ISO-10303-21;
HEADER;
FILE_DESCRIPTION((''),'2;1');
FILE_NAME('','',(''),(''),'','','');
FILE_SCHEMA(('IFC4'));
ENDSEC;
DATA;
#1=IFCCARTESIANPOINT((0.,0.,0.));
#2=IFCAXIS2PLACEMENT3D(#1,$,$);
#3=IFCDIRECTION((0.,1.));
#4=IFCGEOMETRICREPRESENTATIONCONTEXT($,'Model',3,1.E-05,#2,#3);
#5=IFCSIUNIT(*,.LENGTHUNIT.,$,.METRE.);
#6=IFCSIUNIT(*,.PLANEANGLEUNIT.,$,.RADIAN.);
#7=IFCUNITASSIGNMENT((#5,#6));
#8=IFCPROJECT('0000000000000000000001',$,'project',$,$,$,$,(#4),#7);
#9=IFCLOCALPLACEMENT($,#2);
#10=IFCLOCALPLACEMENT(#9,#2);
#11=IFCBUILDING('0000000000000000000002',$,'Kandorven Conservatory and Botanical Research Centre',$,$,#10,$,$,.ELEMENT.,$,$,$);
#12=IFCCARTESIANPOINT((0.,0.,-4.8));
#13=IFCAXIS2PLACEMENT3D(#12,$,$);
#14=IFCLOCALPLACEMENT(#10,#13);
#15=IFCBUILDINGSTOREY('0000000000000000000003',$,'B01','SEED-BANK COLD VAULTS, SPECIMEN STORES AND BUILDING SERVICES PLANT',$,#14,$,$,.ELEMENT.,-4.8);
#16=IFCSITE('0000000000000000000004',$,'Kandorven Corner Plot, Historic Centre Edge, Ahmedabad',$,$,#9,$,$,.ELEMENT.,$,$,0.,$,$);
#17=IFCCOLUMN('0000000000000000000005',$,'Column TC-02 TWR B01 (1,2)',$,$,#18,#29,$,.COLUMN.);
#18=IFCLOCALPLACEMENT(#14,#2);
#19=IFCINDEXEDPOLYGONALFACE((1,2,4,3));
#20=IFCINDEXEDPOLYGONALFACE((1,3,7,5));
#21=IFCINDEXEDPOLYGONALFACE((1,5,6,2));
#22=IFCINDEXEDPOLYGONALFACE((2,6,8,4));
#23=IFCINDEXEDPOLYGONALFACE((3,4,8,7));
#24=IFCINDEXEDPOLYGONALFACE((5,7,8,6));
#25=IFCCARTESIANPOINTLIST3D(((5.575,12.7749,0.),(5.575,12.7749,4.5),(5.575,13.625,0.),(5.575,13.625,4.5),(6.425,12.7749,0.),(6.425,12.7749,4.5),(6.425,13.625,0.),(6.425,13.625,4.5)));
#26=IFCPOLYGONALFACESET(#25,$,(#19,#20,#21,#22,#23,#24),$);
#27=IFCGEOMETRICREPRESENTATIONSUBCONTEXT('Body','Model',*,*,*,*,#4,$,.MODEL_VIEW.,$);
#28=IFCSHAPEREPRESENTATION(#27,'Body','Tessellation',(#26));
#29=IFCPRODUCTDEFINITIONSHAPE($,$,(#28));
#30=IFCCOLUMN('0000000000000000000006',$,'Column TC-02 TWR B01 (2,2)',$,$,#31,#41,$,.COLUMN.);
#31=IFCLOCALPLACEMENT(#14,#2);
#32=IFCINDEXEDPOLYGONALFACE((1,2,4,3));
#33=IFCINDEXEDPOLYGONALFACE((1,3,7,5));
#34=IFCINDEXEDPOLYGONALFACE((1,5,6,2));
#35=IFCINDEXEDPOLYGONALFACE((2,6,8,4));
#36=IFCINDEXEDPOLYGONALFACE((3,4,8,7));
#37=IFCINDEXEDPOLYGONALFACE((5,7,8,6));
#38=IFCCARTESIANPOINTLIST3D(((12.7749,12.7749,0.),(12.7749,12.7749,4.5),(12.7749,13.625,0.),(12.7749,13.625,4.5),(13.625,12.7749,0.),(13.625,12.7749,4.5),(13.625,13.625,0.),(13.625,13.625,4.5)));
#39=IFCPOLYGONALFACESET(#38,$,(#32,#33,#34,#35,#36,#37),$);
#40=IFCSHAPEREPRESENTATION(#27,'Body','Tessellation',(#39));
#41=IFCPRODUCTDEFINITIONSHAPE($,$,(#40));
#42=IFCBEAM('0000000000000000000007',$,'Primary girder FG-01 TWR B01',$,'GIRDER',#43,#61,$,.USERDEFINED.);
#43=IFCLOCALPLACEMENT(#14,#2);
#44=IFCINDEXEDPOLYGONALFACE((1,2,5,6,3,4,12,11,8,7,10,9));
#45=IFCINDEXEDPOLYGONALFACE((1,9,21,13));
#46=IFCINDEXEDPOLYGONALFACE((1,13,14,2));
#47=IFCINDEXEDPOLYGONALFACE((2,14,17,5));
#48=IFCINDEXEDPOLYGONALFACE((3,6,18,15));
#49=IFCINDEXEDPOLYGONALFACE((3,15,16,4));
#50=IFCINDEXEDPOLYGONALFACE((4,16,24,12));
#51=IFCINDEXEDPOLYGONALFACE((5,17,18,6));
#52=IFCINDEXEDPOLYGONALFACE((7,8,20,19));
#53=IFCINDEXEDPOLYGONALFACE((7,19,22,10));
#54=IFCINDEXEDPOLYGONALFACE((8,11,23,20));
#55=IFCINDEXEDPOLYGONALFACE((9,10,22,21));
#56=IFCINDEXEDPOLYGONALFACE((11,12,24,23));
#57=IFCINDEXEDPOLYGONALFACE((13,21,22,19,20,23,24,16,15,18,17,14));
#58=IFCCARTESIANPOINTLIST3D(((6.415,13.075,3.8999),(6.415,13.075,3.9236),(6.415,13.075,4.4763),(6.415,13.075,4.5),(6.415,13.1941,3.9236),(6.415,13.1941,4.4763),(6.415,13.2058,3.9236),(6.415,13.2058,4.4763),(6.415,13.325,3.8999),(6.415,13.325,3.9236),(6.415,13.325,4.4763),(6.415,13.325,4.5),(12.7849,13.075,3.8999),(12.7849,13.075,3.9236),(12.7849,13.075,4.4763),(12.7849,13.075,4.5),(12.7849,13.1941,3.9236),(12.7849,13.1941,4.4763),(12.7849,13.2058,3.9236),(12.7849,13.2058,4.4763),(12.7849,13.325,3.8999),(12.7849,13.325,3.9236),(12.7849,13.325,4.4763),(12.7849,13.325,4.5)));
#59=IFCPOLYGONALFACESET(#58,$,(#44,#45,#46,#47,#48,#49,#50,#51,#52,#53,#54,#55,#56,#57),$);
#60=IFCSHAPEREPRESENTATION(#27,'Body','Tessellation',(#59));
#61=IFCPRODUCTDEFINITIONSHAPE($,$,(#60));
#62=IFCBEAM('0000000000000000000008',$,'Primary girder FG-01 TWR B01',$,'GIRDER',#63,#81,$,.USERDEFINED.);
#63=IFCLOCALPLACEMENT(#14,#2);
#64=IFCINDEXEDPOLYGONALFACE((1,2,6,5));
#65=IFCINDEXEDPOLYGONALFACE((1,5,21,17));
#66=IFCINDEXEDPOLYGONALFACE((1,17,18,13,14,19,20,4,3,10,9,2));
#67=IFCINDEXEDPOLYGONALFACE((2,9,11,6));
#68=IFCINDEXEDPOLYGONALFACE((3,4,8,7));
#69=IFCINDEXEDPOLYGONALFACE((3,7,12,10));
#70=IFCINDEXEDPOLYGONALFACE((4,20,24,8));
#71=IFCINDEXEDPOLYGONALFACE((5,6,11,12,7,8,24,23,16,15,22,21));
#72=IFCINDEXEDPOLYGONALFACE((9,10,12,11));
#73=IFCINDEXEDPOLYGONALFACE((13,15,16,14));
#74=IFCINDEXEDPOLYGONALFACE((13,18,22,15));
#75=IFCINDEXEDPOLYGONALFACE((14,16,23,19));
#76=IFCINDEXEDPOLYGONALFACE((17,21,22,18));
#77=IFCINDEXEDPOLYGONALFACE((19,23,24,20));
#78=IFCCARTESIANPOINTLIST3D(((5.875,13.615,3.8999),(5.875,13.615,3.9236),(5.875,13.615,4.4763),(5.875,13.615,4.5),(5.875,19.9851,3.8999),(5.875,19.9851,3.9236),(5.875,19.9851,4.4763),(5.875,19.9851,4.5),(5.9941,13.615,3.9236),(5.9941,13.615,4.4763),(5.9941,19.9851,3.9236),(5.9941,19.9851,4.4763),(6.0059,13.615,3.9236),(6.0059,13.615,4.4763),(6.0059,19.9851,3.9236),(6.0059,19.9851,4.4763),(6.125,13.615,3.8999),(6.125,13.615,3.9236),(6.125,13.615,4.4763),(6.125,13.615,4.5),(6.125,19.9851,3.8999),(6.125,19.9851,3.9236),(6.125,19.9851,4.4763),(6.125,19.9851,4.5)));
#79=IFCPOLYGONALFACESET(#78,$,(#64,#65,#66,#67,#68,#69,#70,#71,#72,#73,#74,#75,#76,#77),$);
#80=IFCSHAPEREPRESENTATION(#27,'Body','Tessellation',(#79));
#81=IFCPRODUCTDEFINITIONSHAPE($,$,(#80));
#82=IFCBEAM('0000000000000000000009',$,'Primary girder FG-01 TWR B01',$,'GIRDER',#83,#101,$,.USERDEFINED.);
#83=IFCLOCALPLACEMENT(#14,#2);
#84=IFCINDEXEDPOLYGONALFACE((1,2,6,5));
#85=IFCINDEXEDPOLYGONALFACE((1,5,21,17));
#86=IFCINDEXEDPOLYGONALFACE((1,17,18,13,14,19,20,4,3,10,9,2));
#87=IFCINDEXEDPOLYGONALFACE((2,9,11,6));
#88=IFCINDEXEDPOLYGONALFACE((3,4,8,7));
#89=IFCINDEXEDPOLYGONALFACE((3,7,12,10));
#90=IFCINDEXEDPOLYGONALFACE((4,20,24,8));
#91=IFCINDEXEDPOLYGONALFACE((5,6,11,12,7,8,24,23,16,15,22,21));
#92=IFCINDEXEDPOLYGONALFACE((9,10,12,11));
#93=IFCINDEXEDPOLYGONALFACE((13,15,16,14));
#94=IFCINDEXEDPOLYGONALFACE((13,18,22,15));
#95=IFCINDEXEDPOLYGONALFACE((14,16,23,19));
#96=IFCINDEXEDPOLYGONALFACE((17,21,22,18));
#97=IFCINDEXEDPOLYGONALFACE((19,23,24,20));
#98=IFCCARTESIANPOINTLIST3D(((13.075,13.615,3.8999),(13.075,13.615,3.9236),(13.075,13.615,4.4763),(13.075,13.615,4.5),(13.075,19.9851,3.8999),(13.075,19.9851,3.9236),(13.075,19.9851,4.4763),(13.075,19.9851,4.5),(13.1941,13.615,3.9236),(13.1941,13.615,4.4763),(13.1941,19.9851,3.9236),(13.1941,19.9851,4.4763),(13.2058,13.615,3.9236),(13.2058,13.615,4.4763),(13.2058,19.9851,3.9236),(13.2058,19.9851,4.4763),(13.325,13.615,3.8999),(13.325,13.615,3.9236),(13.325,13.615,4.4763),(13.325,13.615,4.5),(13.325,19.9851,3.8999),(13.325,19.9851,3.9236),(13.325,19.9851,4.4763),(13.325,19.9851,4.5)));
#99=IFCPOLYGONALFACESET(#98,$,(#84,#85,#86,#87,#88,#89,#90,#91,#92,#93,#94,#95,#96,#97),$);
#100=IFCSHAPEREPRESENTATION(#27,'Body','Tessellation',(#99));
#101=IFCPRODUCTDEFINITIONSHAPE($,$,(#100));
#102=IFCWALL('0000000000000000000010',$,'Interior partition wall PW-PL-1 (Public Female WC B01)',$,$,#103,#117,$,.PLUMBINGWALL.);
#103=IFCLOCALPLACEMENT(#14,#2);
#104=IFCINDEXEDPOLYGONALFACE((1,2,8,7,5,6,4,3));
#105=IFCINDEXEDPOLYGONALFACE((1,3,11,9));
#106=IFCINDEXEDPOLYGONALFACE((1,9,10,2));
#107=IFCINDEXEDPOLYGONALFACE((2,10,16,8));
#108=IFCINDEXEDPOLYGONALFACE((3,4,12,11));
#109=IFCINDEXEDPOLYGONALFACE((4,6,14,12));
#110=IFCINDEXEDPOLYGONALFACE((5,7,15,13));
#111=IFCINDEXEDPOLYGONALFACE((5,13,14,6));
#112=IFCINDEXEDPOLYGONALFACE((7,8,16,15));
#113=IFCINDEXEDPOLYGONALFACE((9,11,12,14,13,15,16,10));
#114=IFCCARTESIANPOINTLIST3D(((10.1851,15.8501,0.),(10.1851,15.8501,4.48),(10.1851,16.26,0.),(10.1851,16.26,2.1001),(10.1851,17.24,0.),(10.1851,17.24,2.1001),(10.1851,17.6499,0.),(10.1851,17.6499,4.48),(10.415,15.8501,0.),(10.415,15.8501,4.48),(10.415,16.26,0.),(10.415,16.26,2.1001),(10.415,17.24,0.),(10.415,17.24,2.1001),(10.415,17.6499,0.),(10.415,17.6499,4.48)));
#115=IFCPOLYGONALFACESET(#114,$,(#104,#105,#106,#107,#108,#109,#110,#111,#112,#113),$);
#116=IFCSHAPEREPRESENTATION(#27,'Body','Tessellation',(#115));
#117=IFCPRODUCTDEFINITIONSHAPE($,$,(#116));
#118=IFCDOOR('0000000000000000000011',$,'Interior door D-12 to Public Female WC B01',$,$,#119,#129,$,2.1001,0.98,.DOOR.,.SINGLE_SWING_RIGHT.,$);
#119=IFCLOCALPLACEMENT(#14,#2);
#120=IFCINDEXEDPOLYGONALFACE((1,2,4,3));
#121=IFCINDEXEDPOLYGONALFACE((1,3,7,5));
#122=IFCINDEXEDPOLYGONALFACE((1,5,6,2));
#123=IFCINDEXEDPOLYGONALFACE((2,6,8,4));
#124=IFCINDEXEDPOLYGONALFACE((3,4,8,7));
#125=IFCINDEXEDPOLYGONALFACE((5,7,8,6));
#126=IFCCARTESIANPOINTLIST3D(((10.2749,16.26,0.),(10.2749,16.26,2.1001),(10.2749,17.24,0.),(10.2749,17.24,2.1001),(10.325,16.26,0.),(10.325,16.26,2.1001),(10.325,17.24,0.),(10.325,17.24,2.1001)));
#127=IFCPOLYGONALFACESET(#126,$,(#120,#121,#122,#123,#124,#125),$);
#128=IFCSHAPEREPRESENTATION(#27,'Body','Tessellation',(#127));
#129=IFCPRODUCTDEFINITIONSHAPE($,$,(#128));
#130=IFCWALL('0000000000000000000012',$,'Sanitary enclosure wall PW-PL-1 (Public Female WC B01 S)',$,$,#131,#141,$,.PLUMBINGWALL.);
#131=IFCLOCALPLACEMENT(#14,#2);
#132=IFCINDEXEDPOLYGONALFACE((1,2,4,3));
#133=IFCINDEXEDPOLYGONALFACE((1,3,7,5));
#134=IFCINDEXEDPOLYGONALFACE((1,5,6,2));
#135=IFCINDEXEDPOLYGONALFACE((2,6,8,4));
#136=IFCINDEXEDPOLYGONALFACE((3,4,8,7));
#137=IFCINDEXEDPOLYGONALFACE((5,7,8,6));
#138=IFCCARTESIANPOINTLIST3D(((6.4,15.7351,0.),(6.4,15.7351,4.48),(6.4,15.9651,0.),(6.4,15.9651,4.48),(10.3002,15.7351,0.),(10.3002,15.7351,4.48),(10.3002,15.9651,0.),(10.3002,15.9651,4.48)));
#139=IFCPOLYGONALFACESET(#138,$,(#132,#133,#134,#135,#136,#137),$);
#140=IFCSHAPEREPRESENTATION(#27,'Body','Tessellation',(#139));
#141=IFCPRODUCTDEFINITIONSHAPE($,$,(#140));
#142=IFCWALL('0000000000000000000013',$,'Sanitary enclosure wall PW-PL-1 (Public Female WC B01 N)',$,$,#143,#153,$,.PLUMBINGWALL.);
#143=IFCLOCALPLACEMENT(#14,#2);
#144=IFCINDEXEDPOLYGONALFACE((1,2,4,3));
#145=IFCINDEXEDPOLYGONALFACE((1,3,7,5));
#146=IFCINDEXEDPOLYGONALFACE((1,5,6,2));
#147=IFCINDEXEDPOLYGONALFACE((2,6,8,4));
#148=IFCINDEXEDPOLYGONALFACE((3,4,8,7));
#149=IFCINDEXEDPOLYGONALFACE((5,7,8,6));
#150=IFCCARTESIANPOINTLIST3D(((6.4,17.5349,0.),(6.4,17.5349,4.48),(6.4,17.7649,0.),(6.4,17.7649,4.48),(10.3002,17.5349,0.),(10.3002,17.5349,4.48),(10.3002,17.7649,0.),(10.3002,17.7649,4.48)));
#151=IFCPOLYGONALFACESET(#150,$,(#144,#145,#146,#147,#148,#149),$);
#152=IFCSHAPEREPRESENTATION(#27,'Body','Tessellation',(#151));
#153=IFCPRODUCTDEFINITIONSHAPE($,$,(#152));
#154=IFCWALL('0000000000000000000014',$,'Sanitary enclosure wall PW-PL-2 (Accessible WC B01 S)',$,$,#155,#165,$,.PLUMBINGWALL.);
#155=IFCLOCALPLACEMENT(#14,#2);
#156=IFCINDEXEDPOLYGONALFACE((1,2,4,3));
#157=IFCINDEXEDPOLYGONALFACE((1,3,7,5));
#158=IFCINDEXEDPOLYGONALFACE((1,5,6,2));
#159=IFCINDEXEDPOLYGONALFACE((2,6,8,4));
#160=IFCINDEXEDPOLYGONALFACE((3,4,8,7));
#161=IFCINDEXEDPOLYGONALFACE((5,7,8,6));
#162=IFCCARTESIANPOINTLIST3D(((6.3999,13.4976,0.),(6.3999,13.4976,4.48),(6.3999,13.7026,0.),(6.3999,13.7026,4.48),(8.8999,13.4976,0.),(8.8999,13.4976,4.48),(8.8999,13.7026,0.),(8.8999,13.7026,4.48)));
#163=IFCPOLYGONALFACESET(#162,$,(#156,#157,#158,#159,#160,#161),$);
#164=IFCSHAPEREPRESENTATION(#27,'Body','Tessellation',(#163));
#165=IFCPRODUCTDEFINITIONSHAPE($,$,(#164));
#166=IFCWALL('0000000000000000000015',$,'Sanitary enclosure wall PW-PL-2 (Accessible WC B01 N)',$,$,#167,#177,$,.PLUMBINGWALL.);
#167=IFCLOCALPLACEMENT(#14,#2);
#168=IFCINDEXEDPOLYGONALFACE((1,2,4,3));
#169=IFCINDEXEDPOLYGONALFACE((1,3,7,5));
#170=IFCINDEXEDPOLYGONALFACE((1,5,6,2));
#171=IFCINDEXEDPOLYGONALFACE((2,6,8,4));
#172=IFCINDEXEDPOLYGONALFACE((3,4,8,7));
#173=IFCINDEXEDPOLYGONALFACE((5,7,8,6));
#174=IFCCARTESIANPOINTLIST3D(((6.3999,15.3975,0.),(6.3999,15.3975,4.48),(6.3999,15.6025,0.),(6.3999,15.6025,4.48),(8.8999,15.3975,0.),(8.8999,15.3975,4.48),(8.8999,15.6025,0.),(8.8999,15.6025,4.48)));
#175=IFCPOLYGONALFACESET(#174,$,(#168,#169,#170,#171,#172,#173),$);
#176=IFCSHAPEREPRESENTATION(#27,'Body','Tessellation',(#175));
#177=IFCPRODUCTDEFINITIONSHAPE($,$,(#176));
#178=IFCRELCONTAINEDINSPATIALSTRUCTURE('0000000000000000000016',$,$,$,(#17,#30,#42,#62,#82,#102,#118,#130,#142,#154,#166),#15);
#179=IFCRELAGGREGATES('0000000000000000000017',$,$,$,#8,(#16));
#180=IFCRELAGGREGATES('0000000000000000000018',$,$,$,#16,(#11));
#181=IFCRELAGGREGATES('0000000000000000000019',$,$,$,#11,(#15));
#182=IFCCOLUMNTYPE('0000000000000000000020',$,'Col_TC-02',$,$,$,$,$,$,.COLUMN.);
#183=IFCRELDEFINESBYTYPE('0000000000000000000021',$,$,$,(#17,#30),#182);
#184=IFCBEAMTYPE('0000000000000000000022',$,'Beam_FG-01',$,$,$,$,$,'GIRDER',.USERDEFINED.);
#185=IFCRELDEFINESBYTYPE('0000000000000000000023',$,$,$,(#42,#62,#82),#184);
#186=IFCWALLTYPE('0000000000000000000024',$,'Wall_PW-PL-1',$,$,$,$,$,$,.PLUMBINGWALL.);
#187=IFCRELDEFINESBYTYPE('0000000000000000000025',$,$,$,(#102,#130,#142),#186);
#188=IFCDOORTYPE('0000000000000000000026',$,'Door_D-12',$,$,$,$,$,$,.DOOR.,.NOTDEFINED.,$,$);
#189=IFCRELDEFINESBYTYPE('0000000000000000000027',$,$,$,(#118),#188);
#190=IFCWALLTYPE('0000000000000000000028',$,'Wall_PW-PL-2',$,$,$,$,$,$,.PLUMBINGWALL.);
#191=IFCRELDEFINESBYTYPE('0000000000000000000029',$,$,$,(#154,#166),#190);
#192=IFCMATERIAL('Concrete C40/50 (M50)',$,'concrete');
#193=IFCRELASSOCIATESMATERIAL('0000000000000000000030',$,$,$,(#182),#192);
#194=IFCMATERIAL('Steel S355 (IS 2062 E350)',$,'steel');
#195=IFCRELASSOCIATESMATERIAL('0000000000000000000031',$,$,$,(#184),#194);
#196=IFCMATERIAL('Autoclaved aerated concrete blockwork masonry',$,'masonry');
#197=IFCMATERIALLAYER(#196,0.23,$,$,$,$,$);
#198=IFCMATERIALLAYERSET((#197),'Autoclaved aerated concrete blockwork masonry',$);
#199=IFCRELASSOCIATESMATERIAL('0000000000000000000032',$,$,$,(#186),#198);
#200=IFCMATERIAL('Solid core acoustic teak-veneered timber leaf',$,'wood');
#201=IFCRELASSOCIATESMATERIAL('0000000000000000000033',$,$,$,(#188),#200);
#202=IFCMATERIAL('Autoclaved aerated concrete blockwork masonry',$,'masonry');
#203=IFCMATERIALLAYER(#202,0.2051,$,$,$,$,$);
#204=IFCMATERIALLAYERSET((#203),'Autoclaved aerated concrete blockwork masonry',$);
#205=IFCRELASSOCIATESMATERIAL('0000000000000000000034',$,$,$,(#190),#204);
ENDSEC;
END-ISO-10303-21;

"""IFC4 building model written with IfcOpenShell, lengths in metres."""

from ifc_helpers import new_model, si_unit, direction, frame, frame_2d, origin, origin_2d, place, context, subcontext, project, spatial, rectangle, i_section, extrude, material, layer, layer_set, material_profile, profile_set, type_object, element, fill, save


model = new_model("IFC4")

# Units and contexts
model_context = context("Model", 3, precision=1e-05, world=origin(), true_north=direction((0.0, 1.0)))
body_context = subcontext(model_context, "Body", "Model", "MODEL_VIEW")
ifc_project = project(units=[si_unit("LENGTHUNIT", "METRE"), si_unit("PLANEANGLEUNIT", "RADIAN")], contexts=[model_context])

# Site, building, storey
site_placement = place(None, origin())
site = spatial("IfcSite", under=ifc_project, at=site_placement, Name="Kandorven Corner Plot, Historic Centre Edge, Ahmedabad", CompositionType="ELEMENT", RefElevation=0.0)
building_placement = place(site_placement, origin())
building = spatial("IfcBuilding", under=site, at=building_placement, Name="Kandorven Conservatory and Botanical Research Centre", CompositionType="ELEMENT")
storey_placement = place(building_placement, frame((0.0, 0.0, -4.8)))
storey = spatial("IfcBuildingStorey", under=building, at=storey_placement, Name="B01", Description="SEED-BANK COLD VAULTS, SPECIMEN STORES AND BUILDING SERVICES PLANT", CompositionType="ELEMENT", Elevation=-4.8)

# Columns
ifc_material_1 = material(Name="Concrete C40/50 (M50)", Category="concrete")
ifc_material_profile_1 = material_profile(ifc_material_1, rectangle(XDim=0.8501, YDim=0.8501, at=origin_2d()))
ifc_profile_set_1 = profile_set([ifc_material_profile_1], Name="Concrete C40/50 (M50)")
column_type = type_object("IfcColumnType", Name="Col_TC-02", PredefinedType="COLUMN", material=ifc_profile_set_1)
for number, where, z_axis, x_axis, name in (
    (1, (6.0, 13.2, 0.0), (0.0, 0.0, 1.0), (1.0, 0.0, 0.0), "Column TC-02 TWR B01 (1,2)"),
    (2, (13.2, 13.2, 0.0), (0.0, 0.0, 1.0), (1.0, 0.0, 0.0), "Column TC-02 TWR B01 (2,2)"),
):
    element("IfcColumn", number, at=place(storey_placement, frame(where, z_axis=z_axis, x_axis=x_axis)), inside=storey, type_object=column_type, Name=name, PredefinedType="COLUMN", context=body_context, shape_type="SweptSolid", body=[
        extrude(rectangle(XDim=0.8501, YDim=0.8501, at=origin_2d()), origin(), (0.0, 0.0, 1.0), 4.5),
    ])

# Beams
ifc_material_2 = material(Name="Steel S355 (IS 2062 E350)", Category="steel")
ifc_material_profile_2 = material_profile(ifc_material_2, i_section(OverallWidth=0.25, OverallDepth=0.6001, WebThickness=0.0117, FlangeThickness=0.0237, at=origin_2d()))
ifc_profile_set_2 = profile_set([ifc_material_profile_2], Name="Steel S355 (IS 2062 E350)")
beam_type = type_object("IfcBeamType", Name="Beam_FG-01", ElementType="GIRDER", PredefinedType="USERDEFINED", material=ifc_profile_set_2)
beam_placement = place(storey_placement, frame((6.415, 13.2, 4.2), z_axis=(1.0, 0.0, 0.0), x_axis=(0.0, 1.0, 0.0)))
element("IfcBeam", 3, at=beam_placement, inside=storey, type_object=beam_type, Name="Primary girder FG-01 TWR B01", ObjectType="GIRDER", PredefinedType="USERDEFINED", context=body_context, shape_type="SweptSolid", body=[
    extrude(i_section(OverallWidth=0.25, OverallDepth=0.6001, WebThickness=0.0117, FlangeThickness=0.0237, at=origin_2d()), origin(), (0.0, 0.0, 1.0), 6.3699),
])
for number, where, z_axis, x_axis, name in (
    (4, (6.0, 13.615, 4.2), (0.0, 1.0, 0.0), (-1.0, 0.0, 0.0), "Primary girder FG-01 TWR B01"),
    (5, (13.2, 13.615, 4.2), (0.0, 1.0, 0.0), (-1.0, 0.0, 0.0), "Primary girder FG-01 TWR B01"),
):
    element("IfcBeam", number, at=place(storey_placement, frame(where, z_axis=z_axis, x_axis=x_axis)), inside=storey, type_object=beam_type, Name=name, ObjectType="GIRDER", PredefinedType="USERDEFINED", context=body_context, shape_type="SweptSolid", body=[
        extrude(i_section(OverallWidth=0.25, OverallDepth=0.6001, WebThickness=0.0117, FlangeThickness=0.0237, at=origin_2d()), origin(), (0.0, 0.0, 1.0), 6.3701),
    ])

# Wall, opening, door
ifc_material_3 = material(Name="Autoclaved aerated concrete blockwork masonry", Category="masonry")
ifc_layer_1 = layer(ifc_material_3, 0.23)
ifc_layer_set_1 = layer_set([ifc_layer_1], Name="Autoclaved aerated concrete blockwork masonry")
wall_type_1 = type_object("IfcWallType", Name="Wall_PW-PL-1", PredefinedType="PLUMBINGWALL", material=ifc_layer_set_1)
wall_1_placement = place(storey_placement, frame((10.3, 15.8501, 0.0), z_axis=(0.0, 0.0, 1.0), x_axis=(0.0, 1.0, 0.0)))
wall_1 = element("IfcWall", 6, at=wall_1_placement, inside=storey, type_object=wall_type_1, Name="Interior partition wall PW-PL-1 (Public Female WC B01)", PredefinedType="PLUMBINGWALL", context=body_context, shape_type="SweptSolid", body=[
    extrude(rectangle(XDim=1.7998, YDim=0.23, at=frame_2d((0.8999, 0.0))), origin(), (0.0, 0.0, 1.0), 4.48),
])
opening_1_placement = place(wall_1_placement, frame((0.4099, 0.0, 0.0)))
opening_1 = element("IfcOpeningElement", 7, at=opening_1_placement, cuts=wall_1, PredefinedType="OPENING", context=body_context, shape_type="SweptSolid", body=[
    extrude(rectangle(XDim=0.98, YDim=2.1001, at=frame_2d((0.49, 1.05))), frame((0.0, 0.125, 0.0), z_axis=(0.0, -1.0, 0.0), x_axis=(1.0, 0.0, 0.0)), (0.0, 0.0, 1.0), 0.25),
])
ifc_material_4 = material(Name="Solid core acoustic teak-veneered timber leaf", Category="wood")
door_type_1 = type_object("IfcDoorType", Name="Door_D-12", OperationType="NOTDEFINED", PredefinedType="DOOR", material=ifc_material_4)
door_1_placement = place(opening_1_placement, frame((0.98, 0.0, 0.0), z_axis=(0.0, 0.0, 1.0), x_axis=(-1.0, 0.0, 0.0)))
door_1 = element("IfcDoor", 8, at=door_1_placement, inside=storey, type_object=door_type_1, Name="Interior door D-12 to Public Female WC B01", OperationType="SINGLE_SWING_RIGHT", OverallHeight=2.1001, OverallWidth=0.98, PredefinedType="DOOR", context=body_context, shape_type="SweptSolid", body=[
    extrude(rectangle(XDim=0.98, YDim=2.1001, at=frame_2d((0.49, 1.05))), frame((0.0, 0.0249, 0.0), z_axis=(0.0, -1.0, 0.0), x_axis=(1.0, 0.0, 0.0)), (0.0, 0.0, 1.0), 0.05),
])
fill(opening_1, door_1)

# Walls
for number, where, z_axis, x_axis, name in (
    (9, (6.3999, 15.8501, 0.0), (0.0, 0.0, 1.0), (1.0, 0.0, 0.0), "Sanitary enclosure wall PW-PL-1 (Public Female WC B01 S)"),
    (10, (6.3999, 17.6499, 0.0), (0.0, 0.0, 1.0), (1.0, 0.0, 0.0), "Sanitary enclosure wall PW-PL-1 (Public Female WC B01 N)"),
):
    element("IfcWall", number, at=place(storey_placement, frame(where, z_axis=z_axis, x_axis=x_axis)), inside=storey, type_object=wall_type_1, Name=name, PredefinedType="PLUMBINGWALL", context=body_context, shape_type="SweptSolid", body=[
        extrude(rectangle(XDim=3.9001, YDim=0.23, at=frame_2d((1.9502, 0.0))), origin(), (0.0, 0.0, 1.0), 4.48),
    ])

# Shared definitions
ifc_material_5 = material(Name="Autoclaved aerated concrete blockwork masonry", Category="masonry")
ifc_layer_2 = layer(ifc_material_5, 0.2051)
ifc_layer_set_2 = layer_set([ifc_layer_2], Name="Autoclaved aerated concrete blockwork masonry")
wall_type_2 = type_object("IfcWallType", Name="Wall_PW-PL-2", PredefinedType="PLUMBINGWALL", material=ifc_layer_set_2)

# Walls
for number, where, z_axis, x_axis, name in (
    (11, (6.3999, 13.6001, 0.0), (0.0, 0.0, 1.0), (1.0, 0.0, 0.0), "Sanitary enclosure wall PW-PL-2 (Accessible WC B01 S)"),
    (12, (6.3999, 15.5, 0.0), (0.0, 0.0, 1.0), (1.0, 0.0, 0.0), "Sanitary enclosure wall PW-PL-2 (Accessible WC B01 N)"),
):
    element("IfcWall", number, at=place(storey_placement, frame(where, z_axis=z_axis, x_axis=x_axis)), inside=storey, type_object=wall_type_2, Name=name, PredefinedType="PLUMBINGWALL", context=body_context, shape_type="SweptSolid", body=[
        extrude(rectangle(XDim=2.5, YDim=0.2051, at=frame_2d((1.25, 0.0))), origin(), (0.0, 0.0, 1.0), 4.48),
    ])

save(model, "model.ifc")
